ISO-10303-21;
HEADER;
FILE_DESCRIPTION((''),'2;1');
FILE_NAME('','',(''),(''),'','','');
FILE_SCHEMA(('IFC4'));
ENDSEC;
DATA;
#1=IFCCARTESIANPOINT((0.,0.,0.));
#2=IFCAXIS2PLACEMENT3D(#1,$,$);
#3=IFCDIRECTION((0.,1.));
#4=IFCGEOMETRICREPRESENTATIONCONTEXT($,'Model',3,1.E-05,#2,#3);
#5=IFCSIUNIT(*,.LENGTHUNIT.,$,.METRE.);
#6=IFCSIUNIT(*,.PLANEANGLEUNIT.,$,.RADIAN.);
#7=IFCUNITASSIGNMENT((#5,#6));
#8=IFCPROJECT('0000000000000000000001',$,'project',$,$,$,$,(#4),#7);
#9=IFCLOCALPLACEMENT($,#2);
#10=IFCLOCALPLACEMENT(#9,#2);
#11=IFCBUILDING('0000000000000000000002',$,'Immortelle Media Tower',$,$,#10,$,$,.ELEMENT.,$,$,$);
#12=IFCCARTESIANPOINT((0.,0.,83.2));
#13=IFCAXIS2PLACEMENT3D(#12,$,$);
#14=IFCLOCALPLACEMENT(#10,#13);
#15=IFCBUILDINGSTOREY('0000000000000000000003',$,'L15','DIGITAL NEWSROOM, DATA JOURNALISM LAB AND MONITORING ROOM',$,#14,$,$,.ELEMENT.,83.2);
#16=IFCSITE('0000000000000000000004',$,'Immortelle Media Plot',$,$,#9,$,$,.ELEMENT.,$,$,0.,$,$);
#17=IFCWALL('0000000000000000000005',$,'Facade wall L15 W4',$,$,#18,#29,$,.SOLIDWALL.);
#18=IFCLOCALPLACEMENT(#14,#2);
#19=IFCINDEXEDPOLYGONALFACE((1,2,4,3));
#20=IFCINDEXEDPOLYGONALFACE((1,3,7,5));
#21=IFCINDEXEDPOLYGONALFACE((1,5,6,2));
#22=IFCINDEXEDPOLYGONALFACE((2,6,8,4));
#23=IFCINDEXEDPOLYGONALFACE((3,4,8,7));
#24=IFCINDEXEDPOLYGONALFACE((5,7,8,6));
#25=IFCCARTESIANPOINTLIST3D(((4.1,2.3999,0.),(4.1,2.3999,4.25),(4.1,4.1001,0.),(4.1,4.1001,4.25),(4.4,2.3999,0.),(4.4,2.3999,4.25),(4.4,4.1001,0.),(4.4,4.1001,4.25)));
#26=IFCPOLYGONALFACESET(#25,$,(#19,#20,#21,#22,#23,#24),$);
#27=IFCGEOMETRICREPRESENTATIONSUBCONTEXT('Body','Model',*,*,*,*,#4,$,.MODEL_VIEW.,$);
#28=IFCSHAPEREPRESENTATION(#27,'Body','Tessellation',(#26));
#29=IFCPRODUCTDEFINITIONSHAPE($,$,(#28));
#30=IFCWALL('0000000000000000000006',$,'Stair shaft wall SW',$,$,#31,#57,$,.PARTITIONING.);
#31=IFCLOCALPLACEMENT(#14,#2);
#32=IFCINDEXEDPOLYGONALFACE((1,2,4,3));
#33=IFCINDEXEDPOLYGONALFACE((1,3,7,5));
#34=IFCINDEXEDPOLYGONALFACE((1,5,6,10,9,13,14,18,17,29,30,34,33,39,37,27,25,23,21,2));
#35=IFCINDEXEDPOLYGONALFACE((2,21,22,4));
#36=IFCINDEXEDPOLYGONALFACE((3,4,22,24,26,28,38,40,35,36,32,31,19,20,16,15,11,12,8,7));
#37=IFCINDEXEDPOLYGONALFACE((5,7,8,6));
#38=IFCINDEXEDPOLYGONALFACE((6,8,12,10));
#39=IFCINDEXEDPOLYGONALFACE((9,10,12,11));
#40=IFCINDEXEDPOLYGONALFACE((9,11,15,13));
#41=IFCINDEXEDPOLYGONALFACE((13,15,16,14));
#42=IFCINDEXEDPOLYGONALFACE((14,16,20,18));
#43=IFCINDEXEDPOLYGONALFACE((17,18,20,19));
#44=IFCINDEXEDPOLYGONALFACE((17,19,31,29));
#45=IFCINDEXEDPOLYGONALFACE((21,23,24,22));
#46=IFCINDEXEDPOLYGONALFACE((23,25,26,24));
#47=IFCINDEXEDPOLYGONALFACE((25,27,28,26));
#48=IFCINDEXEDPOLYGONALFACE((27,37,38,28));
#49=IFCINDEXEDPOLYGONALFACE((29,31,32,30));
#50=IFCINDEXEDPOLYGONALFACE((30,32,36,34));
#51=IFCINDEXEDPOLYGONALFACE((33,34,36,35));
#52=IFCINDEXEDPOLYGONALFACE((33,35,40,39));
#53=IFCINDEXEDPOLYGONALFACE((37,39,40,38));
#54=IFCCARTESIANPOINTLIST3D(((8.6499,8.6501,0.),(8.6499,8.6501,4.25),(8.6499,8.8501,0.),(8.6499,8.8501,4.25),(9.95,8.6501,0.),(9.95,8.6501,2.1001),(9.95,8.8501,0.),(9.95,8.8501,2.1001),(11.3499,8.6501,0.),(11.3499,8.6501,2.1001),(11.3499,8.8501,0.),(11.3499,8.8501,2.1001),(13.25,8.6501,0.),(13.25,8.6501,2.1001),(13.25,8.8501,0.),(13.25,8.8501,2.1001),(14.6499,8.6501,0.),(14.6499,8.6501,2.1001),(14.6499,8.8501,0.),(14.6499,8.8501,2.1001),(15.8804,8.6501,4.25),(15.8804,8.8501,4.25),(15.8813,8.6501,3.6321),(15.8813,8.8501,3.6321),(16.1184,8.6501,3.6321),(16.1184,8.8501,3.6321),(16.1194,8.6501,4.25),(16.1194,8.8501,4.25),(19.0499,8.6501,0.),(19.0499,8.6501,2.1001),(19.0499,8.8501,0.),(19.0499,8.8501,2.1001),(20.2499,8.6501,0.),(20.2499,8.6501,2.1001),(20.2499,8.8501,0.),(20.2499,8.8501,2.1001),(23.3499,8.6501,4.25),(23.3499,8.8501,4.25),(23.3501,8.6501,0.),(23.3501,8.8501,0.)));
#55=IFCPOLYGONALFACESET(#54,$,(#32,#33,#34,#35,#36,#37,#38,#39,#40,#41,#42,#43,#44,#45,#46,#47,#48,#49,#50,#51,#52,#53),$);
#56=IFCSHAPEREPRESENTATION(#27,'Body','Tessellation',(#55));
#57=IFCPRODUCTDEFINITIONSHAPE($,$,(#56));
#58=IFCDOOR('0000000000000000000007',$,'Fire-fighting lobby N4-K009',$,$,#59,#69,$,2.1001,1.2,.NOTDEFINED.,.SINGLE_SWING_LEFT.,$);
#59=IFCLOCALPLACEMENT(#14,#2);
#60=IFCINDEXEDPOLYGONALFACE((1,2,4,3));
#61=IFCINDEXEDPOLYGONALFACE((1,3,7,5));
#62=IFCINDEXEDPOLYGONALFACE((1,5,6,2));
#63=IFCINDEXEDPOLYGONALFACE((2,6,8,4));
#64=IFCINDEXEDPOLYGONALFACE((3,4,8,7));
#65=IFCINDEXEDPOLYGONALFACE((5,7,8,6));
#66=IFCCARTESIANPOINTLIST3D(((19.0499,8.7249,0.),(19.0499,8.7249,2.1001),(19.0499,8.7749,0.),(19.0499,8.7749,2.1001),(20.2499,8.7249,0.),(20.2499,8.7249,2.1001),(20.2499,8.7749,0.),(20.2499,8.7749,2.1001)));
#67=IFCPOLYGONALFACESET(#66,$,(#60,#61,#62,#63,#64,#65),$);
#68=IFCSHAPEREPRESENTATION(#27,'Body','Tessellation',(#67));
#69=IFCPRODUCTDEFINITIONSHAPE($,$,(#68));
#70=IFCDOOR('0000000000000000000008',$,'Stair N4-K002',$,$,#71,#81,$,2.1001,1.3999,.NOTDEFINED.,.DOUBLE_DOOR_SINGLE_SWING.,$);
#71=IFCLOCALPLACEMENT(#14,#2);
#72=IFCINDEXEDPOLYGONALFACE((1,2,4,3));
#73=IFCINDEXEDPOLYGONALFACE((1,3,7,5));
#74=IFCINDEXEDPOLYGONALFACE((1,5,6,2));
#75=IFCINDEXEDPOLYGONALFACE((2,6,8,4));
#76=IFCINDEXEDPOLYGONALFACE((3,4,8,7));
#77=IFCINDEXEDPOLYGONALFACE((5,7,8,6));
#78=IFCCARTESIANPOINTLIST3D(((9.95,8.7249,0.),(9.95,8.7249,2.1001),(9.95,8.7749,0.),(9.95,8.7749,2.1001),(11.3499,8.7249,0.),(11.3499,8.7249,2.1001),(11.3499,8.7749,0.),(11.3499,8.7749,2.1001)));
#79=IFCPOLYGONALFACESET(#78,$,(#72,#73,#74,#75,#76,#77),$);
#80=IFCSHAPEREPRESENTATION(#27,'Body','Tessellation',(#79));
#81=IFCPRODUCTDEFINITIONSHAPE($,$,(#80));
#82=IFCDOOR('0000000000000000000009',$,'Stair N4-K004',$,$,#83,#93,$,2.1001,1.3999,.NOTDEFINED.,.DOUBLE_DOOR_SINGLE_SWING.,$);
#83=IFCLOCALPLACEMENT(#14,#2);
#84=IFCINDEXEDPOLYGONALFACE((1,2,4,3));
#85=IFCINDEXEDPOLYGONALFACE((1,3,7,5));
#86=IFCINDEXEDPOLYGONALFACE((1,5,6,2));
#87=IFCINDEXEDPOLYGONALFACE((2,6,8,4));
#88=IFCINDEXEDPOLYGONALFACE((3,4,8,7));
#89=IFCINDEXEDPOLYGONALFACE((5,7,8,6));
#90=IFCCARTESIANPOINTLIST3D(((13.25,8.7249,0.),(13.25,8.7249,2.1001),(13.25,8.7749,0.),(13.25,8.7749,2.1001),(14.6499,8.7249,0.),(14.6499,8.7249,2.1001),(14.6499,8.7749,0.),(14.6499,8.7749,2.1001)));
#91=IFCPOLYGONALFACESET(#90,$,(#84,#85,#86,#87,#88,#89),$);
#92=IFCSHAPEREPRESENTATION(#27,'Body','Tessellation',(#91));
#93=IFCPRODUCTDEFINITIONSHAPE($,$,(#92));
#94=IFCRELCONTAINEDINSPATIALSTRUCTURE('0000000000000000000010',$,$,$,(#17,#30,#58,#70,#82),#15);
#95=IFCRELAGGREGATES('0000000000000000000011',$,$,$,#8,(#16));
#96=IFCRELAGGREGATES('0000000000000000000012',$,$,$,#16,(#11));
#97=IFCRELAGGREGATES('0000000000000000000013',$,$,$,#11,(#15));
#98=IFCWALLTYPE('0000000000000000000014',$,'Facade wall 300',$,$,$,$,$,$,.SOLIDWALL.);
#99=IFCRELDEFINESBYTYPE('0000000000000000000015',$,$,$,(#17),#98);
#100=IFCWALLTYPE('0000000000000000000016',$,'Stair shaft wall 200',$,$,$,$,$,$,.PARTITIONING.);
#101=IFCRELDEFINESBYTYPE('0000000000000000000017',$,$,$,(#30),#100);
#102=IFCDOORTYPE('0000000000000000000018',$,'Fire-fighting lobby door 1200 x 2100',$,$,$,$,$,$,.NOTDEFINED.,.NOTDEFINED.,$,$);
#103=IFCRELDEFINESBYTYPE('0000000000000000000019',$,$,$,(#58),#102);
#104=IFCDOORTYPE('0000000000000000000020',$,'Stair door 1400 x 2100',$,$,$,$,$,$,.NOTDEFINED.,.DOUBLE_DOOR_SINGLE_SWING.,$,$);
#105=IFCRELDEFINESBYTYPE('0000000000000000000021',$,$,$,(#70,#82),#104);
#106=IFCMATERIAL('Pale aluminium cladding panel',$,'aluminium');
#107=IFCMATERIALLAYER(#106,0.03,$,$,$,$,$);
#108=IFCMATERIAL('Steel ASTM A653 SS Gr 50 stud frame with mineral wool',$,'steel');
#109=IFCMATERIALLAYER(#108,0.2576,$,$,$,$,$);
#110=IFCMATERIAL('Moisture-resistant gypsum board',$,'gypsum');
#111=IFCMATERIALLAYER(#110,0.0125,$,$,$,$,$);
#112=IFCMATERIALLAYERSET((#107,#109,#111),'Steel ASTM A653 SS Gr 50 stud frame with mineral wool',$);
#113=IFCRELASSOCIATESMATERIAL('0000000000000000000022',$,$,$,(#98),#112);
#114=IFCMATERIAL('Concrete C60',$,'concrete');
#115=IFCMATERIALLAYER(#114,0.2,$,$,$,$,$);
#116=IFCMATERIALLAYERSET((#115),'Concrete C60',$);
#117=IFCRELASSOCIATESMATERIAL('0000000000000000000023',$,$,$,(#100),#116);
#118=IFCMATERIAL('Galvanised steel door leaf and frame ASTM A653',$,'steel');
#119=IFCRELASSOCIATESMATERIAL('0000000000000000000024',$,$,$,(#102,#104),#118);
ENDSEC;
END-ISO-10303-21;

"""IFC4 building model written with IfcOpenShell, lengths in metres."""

from ifc_helpers import new_model, si_unit, direction, frame, frame_2d, origin, place, context, subcontext, project, spatial, polyline, rectangle, outline, extrude, material, layer, layer_set, type_object, element, fill, save


model = new_model("IFC4")

# Units and contexts
model_context = context("Model", 3, precision=1e-05, world=origin(), true_north=direction((0.0, 1.0)))
body_context = subcontext(model_context, "Body", "Model", "MODEL_VIEW")
ifc_project = project(units=[si_unit("LENGTHUNIT", "METRE"), si_unit("PLANEANGLEUNIT", "RADIAN")], contexts=[model_context])

# Site, building, storey
site_placement = place(None, origin())
site = spatial("IfcSite", under=ifc_project, at=site_placement, Name="Immortelle Media Plot", CompositionType="ELEMENT", RefElevation=0.0)
building_placement = place(site_placement, origin())
building = spatial("IfcBuilding", under=site, at=building_placement, Name="Immortelle Media Tower", CompositionType="ELEMENT")
storey_placement = place(building_placement, frame((0.0, 0.0, 83.2)))
storey = spatial("IfcBuildingStorey", under=building, at=storey_placement, Name="L15", Description="DIGITAL NEWSROOM, DATA JOURNALISM LAB AND MONITORING ROOM", CompositionType="ELEMENT", Elevation=83.2)

# Shared definitions
ifc_material_1 = material(Name="Steel ASTM A653 SS Gr 50 stud frame with mineral wool", Category="steel")

# Wall
ifc_material_2 = material(Name="Pale aluminium cladding panel", Category="aluminium")
ifc_layer_1 = layer(ifc_material_2, 0.03)
ifc_layer_2 = layer(ifc_material_1, 0.2576)
ifc_material_3 = material(Name="Moisture-resistant gypsum board", Category="gypsum")
ifc_layer_3 = layer(ifc_material_3, 0.0125)
ifc_layer_set_1 = layer_set([ifc_layer_1, ifc_layer_2, ifc_layer_3], Name="Steel ASTM A653 SS Gr 50 stud frame with mineral wool")
wall_type_1 = type_object("IfcWallType", Name="Facade wall 300", PredefinedType="SOLIDWALL", material=ifc_layer_set_1)
for number, where, z_axis, x_axis, name in (
    (1, (4.25, 4.1001, 0.0), (0.0, 0.0, 1.0), (0.0, -1.0, 0.0), "Facade wall L15 W4"),
):
    element("IfcWall", number, at=place(storey_placement, frame(where, z_axis=z_axis, x_axis=x_axis)), inside=storey, type_object=wall_type_1, Name=name, PredefinedType="SOLIDWALL", context=body_context, shape_type="SweptSolid", body=[
        extrude(rectangle(XDim=1.7002, YDim=0.3, at=frame_2d((0.8501, 0.0))), origin(), (0.0, 0.0, 1.0), 4.25),
    ])

# Wall, openings, doors
ifc_material_4 = material(Name="Concrete C60", Category="concrete")
ifc_layer_4 = layer(ifc_material_4, 0.2)
ifc_layer_set_2 = layer_set([ifc_layer_4], Name="Concrete C60")
wall_type_2 = type_object("IfcWallType", Name="Stair shaft wall 200", PredefinedType="PARTITIONING", material=ifc_layer_set_2)
wall_1_placement = place(storey_placement, frame((8.6499, 8.75, 0.0), z_axis=(0.0, 0.0, 1.0), x_axis=(1.0, 0.0, 0.0)))
wall_1 = element("IfcWall", 2, at=wall_1_placement, inside=storey, type_object=wall_type_2, Name="Stair shaft wall SW", PredefinedType="PARTITIONING", context=body_context, shape_type="SweptSolid", body=[
    extrude(outline(polyline([(0.0, 0.0), (14.7002, 0.0), (14.7, 4.25), (7.4695, 4.25), (7.4685, 3.6321), (7.2314, 3.6321), (7.2305, 4.25), (0.0, 4.25), (0.0, 0.0)])), frame((0.0, 0.1001, 0.0), z_axis=(0.0, -1.0, 0.0), x_axis=(1.0, 0.0, 0.0)), (0.0, 0.0, 1.0), 0.2),
])
opening_1_placement = place(wall_1_placement, frame((1.3, 0.0, 0.0)))
opening_1 = element("IfcOpeningElement", 3, at=opening_1_placement, cuts=wall_1, PredefinedType="OPENING", context=body_context, shape_type="SweptSolid", body=[
    extrude(rectangle(XDim=1.3999, YDim=2.1001, at=frame_2d((0.7, 1.05))), frame((0.0, 0.1099, 0.0), z_axis=(0.0, -1.0, 0.0), x_axis=(1.0, 0.0, 0.0)), (0.0, 0.0, 1.0), 0.22),
])
opening_2_placement = place(wall_1_placement, frame((4.6001, 0.0, 0.0)))
opening_2 = element("IfcOpeningElement", 4, at=opening_2_placement, cuts=wall_1, PredefinedType="OPENING", context=body_context, shape_type="SweptSolid", body=[
    extrude(rectangle(XDim=1.3999, YDim=2.1001, at=frame_2d((0.7, 1.05))), frame((0.0, 0.1099, 0.0), z_axis=(0.0, -1.0, 0.0), x_axis=(1.0, 0.0, 0.0)), (0.0, 0.0, 1.0), 0.22),
])
opening_3_placement = place(wall_1_placement, frame((10.3999, 0.0, 0.0)))
opening_3 = element("IfcOpeningElement", 5, at=opening_3_placement, cuts=wall_1, PredefinedType="OPENING", context=body_context, shape_type="SweptSolid", body=[
    extrude(rectangle(XDim=1.2, YDim=2.1001, at=frame_2d((0.6001, 1.05))), frame((0.0, 0.1099, 0.0), z_axis=(0.0, -1.0, 0.0), x_axis=(1.0, 0.0, 0.0)), (0.0, 0.0, 1.0), 0.22),
])
ifc_material_5 = material(Name="Galvanised steel door leaf and frame ASTM A653", Category="steel")
door_type_1 = type_object("IfcDoorType", Name="Fire-fighting lobby door 1200 x 2100", OperationType="NOTDEFINED", PredefinedType="NOTDEFINED", material=ifc_material_5)
door_1_placement = place(opening_3_placement, origin())
door_1 = element("IfcDoor", 6, at=door_1_placement, inside=storey, type_object=door_type_1, Name="Fire-fighting lobby N4-K009", OperationType="SINGLE_SWING_LEFT", OverallHeight=2.1001, OverallWidth=1.2, PredefinedType="NOTDEFINED", context=body_context, shape_type="SweptSolid", body=[
    extrude(rectangle(XDim=1.2, YDim=2.1001, at=frame_2d((0.6001, 1.05))), frame((0.0, 0.0249, 0.0), z_axis=(0.0, -1.0, 0.0), x_axis=(1.0, 0.0, 0.0)), (0.0, 0.0, 1.0), 0.05),
])
fill(opening_3, door_1)
door_type_2 = type_object("IfcDoorType", Name="Stair door 1400 x 2100", OperationType="DOUBLE_DOOR_SINGLE_SWING", PredefinedType="NOTDEFINED", material=ifc_material_5)
door_2_placement = place(opening_1_placement, origin())
door_2 = element("IfcDoor", 7, at=door_2_placement, inside=storey, type_object=door_type_2, Name="Stair N4-K002", OperationType="DOUBLE_DOOR_SINGLE_SWING", OverallHeight=2.1001, OverallWidth=1.3999, PredefinedType="NOTDEFINED", context=body_context, shape_type="SweptSolid", body=[
    extrude(rectangle(XDim=1.3999, YDim=2.1001, at=frame_2d((0.7, 1.05))), frame((0.0, 0.0249, 0.0), z_axis=(0.0, -1.0, 0.0), x_axis=(1.0, 0.0, 0.0)), (0.0, 0.0, 1.0), 0.05),
])
fill(opening_1, door_2)
door_3_placement = place(opening_2_placement, origin())
door_3 = element("IfcDoor", 8, at=door_3_placement, inside=storey, type_object=door_type_2, Name="Stair N4-K004", OperationType="DOUBLE_DOOR_SINGLE_SWING", OverallHeight=2.1001, OverallWidth=1.3999, PredefinedType="NOTDEFINED", context=body_context, shape_type="SweptSolid", body=[
    extrude(rectangle(XDim=1.3999, YDim=2.1001, at=frame_2d((0.7, 1.05))), frame((0.0, 0.0249, 0.0), z_axis=(0.0, -1.0, 0.0), x_axis=(1.0, 0.0, 0.0)), (0.0, 0.0, 1.0), 0.05),
])
fill(opening_2, door_3)

save(model, "model.ifc")
